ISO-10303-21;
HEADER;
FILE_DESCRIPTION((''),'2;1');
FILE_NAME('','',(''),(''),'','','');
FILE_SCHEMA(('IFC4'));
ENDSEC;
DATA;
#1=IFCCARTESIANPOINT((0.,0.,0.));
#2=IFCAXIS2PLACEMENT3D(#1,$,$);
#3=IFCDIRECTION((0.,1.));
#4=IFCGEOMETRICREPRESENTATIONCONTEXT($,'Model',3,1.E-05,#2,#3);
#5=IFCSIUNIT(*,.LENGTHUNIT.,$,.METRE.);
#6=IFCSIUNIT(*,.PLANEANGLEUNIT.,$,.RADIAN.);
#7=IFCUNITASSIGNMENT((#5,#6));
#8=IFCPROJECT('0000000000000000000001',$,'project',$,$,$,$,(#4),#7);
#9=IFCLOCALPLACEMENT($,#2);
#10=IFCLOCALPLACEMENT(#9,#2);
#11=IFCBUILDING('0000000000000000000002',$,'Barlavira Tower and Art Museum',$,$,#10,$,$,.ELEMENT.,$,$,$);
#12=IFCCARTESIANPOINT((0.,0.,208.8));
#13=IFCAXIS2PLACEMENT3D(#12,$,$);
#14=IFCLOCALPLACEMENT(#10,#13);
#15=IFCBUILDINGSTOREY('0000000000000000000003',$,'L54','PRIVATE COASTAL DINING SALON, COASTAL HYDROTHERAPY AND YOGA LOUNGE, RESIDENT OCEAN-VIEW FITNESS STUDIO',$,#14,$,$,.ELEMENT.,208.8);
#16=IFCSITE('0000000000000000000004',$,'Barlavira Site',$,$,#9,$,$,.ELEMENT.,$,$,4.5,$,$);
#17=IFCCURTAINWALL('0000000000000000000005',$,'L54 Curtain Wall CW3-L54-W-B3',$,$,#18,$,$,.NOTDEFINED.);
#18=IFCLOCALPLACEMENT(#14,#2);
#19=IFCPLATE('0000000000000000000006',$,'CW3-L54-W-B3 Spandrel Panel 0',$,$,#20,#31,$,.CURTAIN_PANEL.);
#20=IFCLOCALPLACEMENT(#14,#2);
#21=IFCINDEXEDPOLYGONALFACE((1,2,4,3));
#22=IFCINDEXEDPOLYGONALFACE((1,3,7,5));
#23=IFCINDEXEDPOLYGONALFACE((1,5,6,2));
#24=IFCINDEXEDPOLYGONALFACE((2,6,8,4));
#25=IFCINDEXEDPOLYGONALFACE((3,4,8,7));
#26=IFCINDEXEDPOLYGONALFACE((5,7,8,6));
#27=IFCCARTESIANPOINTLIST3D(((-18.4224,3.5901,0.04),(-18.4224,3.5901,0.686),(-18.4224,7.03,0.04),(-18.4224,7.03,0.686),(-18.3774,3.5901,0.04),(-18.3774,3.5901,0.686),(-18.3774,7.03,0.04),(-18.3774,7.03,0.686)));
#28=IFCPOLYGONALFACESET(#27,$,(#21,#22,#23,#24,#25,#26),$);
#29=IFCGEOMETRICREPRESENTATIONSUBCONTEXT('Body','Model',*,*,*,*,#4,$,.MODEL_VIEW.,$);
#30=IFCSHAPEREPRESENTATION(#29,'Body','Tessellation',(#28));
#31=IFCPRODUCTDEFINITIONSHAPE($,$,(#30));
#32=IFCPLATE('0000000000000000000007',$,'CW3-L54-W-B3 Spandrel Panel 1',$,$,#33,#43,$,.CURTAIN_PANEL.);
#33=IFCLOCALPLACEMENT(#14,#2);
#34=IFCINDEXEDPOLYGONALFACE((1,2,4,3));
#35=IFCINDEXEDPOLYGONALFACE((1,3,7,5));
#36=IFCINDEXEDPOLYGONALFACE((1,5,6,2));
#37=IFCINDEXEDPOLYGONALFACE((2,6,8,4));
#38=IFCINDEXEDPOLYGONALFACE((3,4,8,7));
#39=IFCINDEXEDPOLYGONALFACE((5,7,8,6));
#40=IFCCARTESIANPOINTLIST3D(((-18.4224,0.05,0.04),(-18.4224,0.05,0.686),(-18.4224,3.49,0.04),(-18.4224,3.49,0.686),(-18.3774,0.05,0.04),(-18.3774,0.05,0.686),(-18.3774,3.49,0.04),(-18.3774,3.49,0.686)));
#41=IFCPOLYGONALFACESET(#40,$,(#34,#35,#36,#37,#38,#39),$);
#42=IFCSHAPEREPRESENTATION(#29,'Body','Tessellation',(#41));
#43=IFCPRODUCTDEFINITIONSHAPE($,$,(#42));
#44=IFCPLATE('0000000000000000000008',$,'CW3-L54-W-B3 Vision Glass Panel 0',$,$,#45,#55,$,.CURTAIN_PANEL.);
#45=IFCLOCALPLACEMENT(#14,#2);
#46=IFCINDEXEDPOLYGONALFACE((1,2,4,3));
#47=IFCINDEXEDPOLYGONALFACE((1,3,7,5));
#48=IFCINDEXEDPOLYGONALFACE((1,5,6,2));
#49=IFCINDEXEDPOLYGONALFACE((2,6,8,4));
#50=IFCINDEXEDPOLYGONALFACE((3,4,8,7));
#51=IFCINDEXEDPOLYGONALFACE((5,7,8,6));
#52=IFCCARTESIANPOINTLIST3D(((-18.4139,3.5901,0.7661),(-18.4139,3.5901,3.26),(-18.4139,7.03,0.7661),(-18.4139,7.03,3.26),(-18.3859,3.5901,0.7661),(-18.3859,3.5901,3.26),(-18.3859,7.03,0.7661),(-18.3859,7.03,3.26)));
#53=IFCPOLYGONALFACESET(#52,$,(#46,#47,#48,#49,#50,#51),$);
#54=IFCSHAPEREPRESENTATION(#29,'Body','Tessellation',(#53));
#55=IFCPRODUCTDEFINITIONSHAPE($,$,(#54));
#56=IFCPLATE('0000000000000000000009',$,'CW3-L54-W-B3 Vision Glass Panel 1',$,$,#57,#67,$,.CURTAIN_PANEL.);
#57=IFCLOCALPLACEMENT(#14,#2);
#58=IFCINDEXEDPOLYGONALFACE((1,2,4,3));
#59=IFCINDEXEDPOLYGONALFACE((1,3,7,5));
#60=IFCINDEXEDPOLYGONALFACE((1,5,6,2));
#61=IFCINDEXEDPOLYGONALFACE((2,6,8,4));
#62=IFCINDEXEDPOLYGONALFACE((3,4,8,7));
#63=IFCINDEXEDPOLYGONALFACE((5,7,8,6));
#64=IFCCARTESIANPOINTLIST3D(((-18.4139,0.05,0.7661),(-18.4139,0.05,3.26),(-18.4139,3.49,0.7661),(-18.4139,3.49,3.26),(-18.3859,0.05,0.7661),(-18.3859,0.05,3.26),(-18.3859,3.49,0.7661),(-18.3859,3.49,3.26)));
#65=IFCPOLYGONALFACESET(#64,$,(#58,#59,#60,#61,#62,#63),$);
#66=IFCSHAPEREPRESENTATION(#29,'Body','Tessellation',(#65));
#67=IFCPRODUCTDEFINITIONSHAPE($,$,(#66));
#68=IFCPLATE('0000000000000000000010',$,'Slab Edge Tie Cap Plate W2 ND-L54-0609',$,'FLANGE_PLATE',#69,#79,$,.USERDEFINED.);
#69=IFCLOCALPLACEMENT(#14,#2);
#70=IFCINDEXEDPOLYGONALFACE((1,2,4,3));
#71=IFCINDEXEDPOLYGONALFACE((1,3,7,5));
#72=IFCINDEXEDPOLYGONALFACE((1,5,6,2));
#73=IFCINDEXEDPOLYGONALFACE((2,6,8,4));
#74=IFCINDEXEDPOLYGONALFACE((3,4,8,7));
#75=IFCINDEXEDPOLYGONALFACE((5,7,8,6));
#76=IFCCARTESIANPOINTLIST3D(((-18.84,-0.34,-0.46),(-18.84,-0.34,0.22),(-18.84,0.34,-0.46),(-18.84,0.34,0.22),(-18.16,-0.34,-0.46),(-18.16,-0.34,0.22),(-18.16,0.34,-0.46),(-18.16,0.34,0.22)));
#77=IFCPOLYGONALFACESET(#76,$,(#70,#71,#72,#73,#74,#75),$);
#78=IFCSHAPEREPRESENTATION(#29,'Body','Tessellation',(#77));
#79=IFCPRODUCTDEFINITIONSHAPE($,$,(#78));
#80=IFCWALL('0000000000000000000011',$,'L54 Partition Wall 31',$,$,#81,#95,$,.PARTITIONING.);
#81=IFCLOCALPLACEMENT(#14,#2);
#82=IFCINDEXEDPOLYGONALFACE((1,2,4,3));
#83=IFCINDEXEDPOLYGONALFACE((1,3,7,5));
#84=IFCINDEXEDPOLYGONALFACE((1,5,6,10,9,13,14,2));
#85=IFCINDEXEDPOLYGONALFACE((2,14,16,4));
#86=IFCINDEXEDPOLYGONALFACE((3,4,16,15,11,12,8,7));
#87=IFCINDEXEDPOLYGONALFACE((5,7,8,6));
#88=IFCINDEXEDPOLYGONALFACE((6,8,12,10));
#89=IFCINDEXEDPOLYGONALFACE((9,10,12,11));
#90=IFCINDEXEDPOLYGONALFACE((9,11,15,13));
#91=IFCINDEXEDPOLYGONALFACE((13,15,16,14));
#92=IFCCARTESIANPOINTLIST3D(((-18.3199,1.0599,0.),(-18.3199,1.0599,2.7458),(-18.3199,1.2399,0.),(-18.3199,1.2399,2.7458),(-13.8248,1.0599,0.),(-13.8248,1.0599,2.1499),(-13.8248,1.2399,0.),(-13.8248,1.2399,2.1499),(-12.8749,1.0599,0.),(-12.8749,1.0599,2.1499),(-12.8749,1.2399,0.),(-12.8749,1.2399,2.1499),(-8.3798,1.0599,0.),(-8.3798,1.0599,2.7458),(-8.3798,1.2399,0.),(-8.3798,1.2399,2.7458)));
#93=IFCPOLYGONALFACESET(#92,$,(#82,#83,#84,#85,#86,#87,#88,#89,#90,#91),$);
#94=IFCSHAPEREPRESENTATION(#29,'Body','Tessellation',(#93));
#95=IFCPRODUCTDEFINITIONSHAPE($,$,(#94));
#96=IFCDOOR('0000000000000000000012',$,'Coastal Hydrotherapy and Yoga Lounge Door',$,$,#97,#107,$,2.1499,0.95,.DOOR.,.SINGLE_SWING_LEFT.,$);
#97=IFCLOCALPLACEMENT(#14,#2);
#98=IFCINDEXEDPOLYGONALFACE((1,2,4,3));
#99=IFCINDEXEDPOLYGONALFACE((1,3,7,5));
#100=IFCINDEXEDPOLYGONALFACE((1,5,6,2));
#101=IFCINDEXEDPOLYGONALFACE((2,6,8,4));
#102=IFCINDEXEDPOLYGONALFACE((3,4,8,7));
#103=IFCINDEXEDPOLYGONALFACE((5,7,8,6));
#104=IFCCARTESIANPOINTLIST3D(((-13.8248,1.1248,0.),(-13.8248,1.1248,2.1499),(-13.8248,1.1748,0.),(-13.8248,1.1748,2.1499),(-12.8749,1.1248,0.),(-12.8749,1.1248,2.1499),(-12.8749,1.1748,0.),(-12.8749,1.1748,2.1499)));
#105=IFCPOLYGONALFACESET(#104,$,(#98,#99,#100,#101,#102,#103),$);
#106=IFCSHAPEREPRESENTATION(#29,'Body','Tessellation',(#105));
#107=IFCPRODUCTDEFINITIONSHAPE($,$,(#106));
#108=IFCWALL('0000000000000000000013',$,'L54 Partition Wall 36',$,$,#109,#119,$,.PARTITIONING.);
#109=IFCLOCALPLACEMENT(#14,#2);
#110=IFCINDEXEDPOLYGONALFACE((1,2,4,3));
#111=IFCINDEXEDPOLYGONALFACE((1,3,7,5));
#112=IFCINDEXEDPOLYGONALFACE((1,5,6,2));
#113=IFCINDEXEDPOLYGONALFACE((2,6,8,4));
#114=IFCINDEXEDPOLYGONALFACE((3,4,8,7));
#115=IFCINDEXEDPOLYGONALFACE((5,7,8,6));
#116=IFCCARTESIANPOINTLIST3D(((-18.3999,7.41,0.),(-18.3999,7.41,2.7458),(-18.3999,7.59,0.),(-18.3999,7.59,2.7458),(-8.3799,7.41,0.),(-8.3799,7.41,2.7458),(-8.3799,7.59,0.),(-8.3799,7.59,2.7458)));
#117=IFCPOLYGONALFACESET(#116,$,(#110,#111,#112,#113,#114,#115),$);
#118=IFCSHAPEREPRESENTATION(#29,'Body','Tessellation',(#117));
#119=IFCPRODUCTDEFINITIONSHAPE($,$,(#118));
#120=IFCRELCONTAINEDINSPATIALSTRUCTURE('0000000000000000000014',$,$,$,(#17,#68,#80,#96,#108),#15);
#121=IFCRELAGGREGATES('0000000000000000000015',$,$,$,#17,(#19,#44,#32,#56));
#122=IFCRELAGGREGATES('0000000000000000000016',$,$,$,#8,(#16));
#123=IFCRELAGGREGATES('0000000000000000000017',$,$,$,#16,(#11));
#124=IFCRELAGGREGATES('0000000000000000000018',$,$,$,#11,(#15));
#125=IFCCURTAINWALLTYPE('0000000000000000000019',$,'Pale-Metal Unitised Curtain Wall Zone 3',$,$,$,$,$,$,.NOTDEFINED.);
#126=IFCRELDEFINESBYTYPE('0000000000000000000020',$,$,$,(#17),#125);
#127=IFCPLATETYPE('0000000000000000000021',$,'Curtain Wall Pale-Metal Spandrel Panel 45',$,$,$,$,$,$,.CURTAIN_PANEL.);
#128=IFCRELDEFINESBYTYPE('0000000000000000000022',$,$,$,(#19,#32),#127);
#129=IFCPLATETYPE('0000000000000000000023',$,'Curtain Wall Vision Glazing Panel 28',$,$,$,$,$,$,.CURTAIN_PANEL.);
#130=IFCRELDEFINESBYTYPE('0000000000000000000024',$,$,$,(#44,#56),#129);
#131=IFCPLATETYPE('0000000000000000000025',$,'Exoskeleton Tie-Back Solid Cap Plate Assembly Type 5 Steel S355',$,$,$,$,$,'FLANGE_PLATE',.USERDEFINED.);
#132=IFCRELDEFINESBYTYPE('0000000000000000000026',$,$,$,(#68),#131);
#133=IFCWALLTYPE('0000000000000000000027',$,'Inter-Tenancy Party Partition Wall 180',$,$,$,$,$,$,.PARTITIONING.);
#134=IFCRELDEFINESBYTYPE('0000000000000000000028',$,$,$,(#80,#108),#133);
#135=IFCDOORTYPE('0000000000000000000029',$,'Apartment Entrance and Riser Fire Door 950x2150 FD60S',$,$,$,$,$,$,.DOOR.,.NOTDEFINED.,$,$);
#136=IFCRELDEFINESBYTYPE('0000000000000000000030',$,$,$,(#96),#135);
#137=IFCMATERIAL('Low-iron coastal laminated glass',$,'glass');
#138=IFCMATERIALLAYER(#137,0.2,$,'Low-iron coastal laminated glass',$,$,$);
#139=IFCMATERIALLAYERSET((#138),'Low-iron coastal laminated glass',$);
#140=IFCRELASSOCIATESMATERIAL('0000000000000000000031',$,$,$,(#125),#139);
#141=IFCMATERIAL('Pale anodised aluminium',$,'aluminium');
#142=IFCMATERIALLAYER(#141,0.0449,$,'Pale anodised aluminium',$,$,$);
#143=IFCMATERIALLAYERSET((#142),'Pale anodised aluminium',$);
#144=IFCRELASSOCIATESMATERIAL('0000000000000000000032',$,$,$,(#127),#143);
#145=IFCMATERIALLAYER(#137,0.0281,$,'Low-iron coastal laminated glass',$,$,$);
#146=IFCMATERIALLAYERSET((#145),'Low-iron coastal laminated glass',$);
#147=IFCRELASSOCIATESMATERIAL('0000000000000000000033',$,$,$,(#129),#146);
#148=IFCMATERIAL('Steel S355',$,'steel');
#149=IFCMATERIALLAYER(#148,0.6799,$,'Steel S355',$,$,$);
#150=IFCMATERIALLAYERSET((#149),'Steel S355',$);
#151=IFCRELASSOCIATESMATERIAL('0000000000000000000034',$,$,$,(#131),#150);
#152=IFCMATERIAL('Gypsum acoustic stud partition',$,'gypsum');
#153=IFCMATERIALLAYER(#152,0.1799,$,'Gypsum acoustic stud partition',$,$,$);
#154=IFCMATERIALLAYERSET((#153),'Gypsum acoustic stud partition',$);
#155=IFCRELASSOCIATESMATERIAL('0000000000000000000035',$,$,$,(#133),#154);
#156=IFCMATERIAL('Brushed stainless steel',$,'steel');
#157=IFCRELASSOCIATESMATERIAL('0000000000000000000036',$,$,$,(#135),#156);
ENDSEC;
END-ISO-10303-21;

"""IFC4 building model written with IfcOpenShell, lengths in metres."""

from ifc_helpers import new_model, si_unit, direction, frame, frame_2d, origin, origin_2d, place, context, subcontext, project, spatial, rectangle, extrude, material, layer, layer_set, type_object, element, fill, aggregate, save


model = new_model("IFC4")

# Units and contexts
model_context = context("Model", 3, precision=1e-05, world=origin(), true_north=direction((0.0, 1.0)))
body_context = subcontext(model_context, "Body", "Model", "MODEL_VIEW")
ifc_project = project(units=[si_unit("LENGTHUNIT", "METRE"), si_unit("PLANEANGLEUNIT", "RADIAN")], contexts=[model_context])

# Site, building, storey
site_placement = place(None, origin())
site = spatial("IfcSite", under=ifc_project, at=site_placement, Name="Barlavira Site", CompositionType="ELEMENT", RefElevation=4.5)
building_placement = place(site_placement, origin())
building = spatial("IfcBuilding", under=site, at=building_placement, Name="Barlavira Tower and Art Museum", CompositionType="ELEMENT")
storey_placement = place(building_placement, frame((0.0, 0.0, 208.8)))
storey = spatial("IfcBuildingStorey", under=building, at=storey_placement, Name="L54", Description="PRIVATE COASTAL DINING SALON, COASTAL HYDROTHERAPY AND YOGA LOUNGE, RESIDENT OCEAN-VIEW FITNESS STUDIO", CompositionType="ELEMENT", Elevation=208.8)

# Curtain wall
ifc_material_1 = material(Name="Low-iron coastal laminated glass", Category="glass")
ifc_layer_1 = layer(ifc_material_1, 0.2, Name="Low-iron coastal laminated glass")
ifc_layer_set_1 = layer_set([ifc_layer_1], Name="Low-iron coastal laminated glass")
curtain_wall_type = type_object("IfcCurtainWallType", Name="Pale-Metal Unitised Curtain Wall Zone 3", PredefinedType="NOTDEFINED", material=ifc_layer_set_1)
curtain_wall_placement = place(storey_placement, origin())
curtain_wall = element("IfcCurtainWall", 1, at=curtain_wall_placement, inside=storey, type_object=curtain_wall_type, Name="L54 Curtain Wall CW3-L54-W-B3", PredefinedType="NOTDEFINED")
ifc_material_2 = material(Name="Pale anodised aluminium", Category="aluminium")

# Shared definitions
ifc_material_3 = material(Name="Steel S355", Category="steel")

# Plates
ifc_layer_2 = layer(ifc_material_2, 0.0449, Name="Pale anodised aluminium")
ifc_layer_set_2 = layer_set([ifc_layer_2], Name="Pale anodised aluminium")
plate_type_1 = type_object("IfcPlateType", Name="Curtain Wall Pale-Metal Spandrel Panel 45", PredefinedType="CURTAIN_PANEL", material=ifc_layer_set_2)
plate_1_placement = place(storey_placement, frame((-18.3999, 5.3101, 0.04), z_axis=(0.0, 0.0, 1.0), x_axis=(0.0, -1.0, 0.0)))
plate_1 = element("IfcPlate", 2, at=plate_1_placement, type_object=plate_type_1, Name="CW3-L54-W-B3 Spandrel Panel 0", PredefinedType="CURTAIN_PANEL", context=body_context, shape_type="SweptSolid", body=[
    extrude(rectangle(XDim=3.4399, YDim=0.0449, at=origin_2d()), origin(), (0.0, 0.0, 1.0), 0.646),
])
plate_2_placement = place(storey_placement, frame((-18.3999, 1.77, 0.04), z_axis=(0.0, 0.0, 1.0), x_axis=(0.0, -1.0, 0.0)))
plate_2 = element("IfcPlate", 3, at=plate_2_placement, type_object=plate_type_1, Name="CW3-L54-W-B3 Spandrel Panel 1", PredefinedType="CURTAIN_PANEL", context=body_context, shape_type="SweptSolid", body=[
    extrude(rectangle(XDim=3.4399, YDim=0.0449, at=origin_2d()), origin(), (0.0, 0.0, 1.0), 0.646),
])
ifc_layer_3 = layer(ifc_material_1, 0.0281, Name="Low-iron coastal laminated glass")
ifc_layer_set_3 = layer_set([ifc_layer_3], Name="Low-iron coastal laminated glass")
plate_type_2 = type_object("IfcPlateType", Name="Curtain Wall Vision Glazing Panel 28", PredefinedType="CURTAIN_PANEL", material=ifc_layer_set_3)
plate_3_placement = place(storey_placement, frame((-18.3999, 5.3101, 0.7661), z_axis=(0.0, 0.0, 1.0), x_axis=(0.0, -1.0, 0.0)))
plate_3 = element("IfcPlate", 4, at=plate_3_placement, type_object=plate_type_2, Name="CW3-L54-W-B3 Vision Glass Panel 0", PredefinedType="CURTAIN_PANEL", context=body_context, shape_type="SweptSolid", body=[
    extrude(rectangle(XDim=3.4399, YDim=0.0281, at=origin_2d()), origin(), (0.0, 0.0, 1.0), 2.4939),
])
plate_4_placement = place(storey_placement, frame((-18.3999, 1.77, 0.7661), z_axis=(0.0, 0.0, 1.0), x_axis=(0.0, -1.0, 0.0)))
plate_4 = element("IfcPlate", 5, at=plate_4_placement, type_object=plate_type_2, Name="CW3-L54-W-B3 Vision Glass Panel 1", PredefinedType="CURTAIN_PANEL", context=body_context, shape_type="SweptSolid", body=[
    extrude(rectangle(XDim=3.4399, YDim=0.0281, at=origin_2d()), origin(), (0.0, 0.0, 1.0), 2.4939),
])
aggregate(curtain_wall, [plate_1, plate_3, plate_2, plate_4])
ifc_layer_4 = layer(ifc_material_3, 0.6799, Name="Steel S355")
ifc_layer_set_4 = layer_set([ifc_layer_4], Name="Steel S355")
plate_type_3 = type_object("IfcPlateType", Name="Exoskeleton Tie-Back Solid Cap Plate Assembly Type 5 Steel S355", ElementType="FLANGE_PLATE", PredefinedType="USERDEFINED", material=ifc_layer_set_4)
plate_5_placement = place(storey_placement, frame((-18.5, 0.0, -0.46), z_axis=(0.0, 0.0, 1.0), x_axis=(1.0, 0.0, 0.0)))
element("IfcPlate", 6, at=plate_5_placement, inside=storey, type_object=plate_type_3, Name="Slab Edge Tie Cap Plate W2 ND-L54-0609", ObjectType="FLANGE_PLATE", PredefinedType="USERDEFINED", context=body_context, shape_type="SweptSolid", body=[
    extrude(rectangle(XDim=0.6799, YDim=0.6799, at=origin_2d()), origin(), (0.0, 0.0, 1.0), 0.6799),
])

# Wall, opening, door
ifc_material_4 = material(Name="Gypsum acoustic stud partition", Category="gypsum")
ifc_layer_5 = layer(ifc_material_4, 0.1799, Name="Gypsum acoustic stud partition")
ifc_layer_set_5 = layer_set([ifc_layer_5], Name="Gypsum acoustic stud partition")
wall_type = type_object("IfcWallType", Name="Inter-Tenancy Party Partition Wall 180", PredefinedType="PARTITIONING", material=ifc_layer_set_5)
wall_1_placement = place(storey_placement, frame((-18.3201, 1.1499, 0.0), z_axis=(0.0, 0.0, 1.0), x_axis=(1.0, 0.0, 0.0)))
wall_1 = element("IfcWall", 7, at=wall_1_placement, inside=storey, type_object=wall_type, Name="L54 Partition Wall 31", PredefinedType="PARTITIONING", context=body_context, shape_type="SweptSolid", body=[
    extrude(rectangle(XDim=9.9402, YDim=0.1799, at=frame_2d((4.9702, 0.0))), origin(), (0.0, 0.0, 1.0), 2.7458),
])
opening_placement = place(wall_1_placement, frame((4.4951, 0.0, 0.0)))
opening = element("IfcOpeningElement", 8, at=opening_placement, cuts=wall_1, PredefinedType="OPENING", context=body_context, shape_type="SweptSolid", body=[
    extrude(rectangle(XDim=0.95, YDim=2.1499, at=frame_2d((0.4751, 1.075))), frame((0.0, 0.1001, 0.0), z_axis=(0.0, -1.0, 0.0), x_axis=(1.0, 0.0, 0.0)), (0.0, 0.0, 1.0), 0.2),
])
ifc_material_5 = material(Name="Brushed stainless steel", Category="steel")
door_type = type_object("IfcDoorType", Name="Apartment Entrance and Riser Fire Door 950x2150 FD60S", OperationType="NOTDEFINED", PredefinedType="DOOR", material=ifc_material_5)
door_placement = place(opening_placement, origin())
door = element("IfcDoor", 9, at=door_placement, inside=storey, type_object=door_type, Name="Coastal Hydrotherapy and Yoga Lounge Door", OperationType="SINGLE_SWING_LEFT", OverallHeight=2.1499, OverallWidth=0.95, PredefinedType="DOOR", context=body_context, shape_type="SweptSolid", body=[
    extrude(rectangle(XDim=0.95, YDim=2.1499, at=frame_2d((0.4751, 1.075))), frame((0.0, 0.0249, 0.0), z_axis=(0.0, -1.0, 0.0), x_axis=(1.0, 0.0, 0.0)), (0.0, 0.0, 1.0), 0.05),
])
fill(opening, door)

# Wall
wall_2_placement = place(storey_placement, frame((-18.3999, 7.5, 0.0), z_axis=(0.0, 0.0, 1.0), x_axis=(1.0, 0.0, 0.0)))
element("IfcWall", 10, at=wall_2_placement, inside=storey, type_object=wall_type, Name="L54 Partition Wall 36", PredefinedType="PARTITIONING", context=body_context, shape_type="SweptSolid", body=[
    extrude(rectangle(XDim=10.02, YDim=0.1799, at=frame_2d((5.01, 0.0))), origin(), (0.0, 0.0, 1.0), 2.7458),
])

save(model, "model.ifc")
